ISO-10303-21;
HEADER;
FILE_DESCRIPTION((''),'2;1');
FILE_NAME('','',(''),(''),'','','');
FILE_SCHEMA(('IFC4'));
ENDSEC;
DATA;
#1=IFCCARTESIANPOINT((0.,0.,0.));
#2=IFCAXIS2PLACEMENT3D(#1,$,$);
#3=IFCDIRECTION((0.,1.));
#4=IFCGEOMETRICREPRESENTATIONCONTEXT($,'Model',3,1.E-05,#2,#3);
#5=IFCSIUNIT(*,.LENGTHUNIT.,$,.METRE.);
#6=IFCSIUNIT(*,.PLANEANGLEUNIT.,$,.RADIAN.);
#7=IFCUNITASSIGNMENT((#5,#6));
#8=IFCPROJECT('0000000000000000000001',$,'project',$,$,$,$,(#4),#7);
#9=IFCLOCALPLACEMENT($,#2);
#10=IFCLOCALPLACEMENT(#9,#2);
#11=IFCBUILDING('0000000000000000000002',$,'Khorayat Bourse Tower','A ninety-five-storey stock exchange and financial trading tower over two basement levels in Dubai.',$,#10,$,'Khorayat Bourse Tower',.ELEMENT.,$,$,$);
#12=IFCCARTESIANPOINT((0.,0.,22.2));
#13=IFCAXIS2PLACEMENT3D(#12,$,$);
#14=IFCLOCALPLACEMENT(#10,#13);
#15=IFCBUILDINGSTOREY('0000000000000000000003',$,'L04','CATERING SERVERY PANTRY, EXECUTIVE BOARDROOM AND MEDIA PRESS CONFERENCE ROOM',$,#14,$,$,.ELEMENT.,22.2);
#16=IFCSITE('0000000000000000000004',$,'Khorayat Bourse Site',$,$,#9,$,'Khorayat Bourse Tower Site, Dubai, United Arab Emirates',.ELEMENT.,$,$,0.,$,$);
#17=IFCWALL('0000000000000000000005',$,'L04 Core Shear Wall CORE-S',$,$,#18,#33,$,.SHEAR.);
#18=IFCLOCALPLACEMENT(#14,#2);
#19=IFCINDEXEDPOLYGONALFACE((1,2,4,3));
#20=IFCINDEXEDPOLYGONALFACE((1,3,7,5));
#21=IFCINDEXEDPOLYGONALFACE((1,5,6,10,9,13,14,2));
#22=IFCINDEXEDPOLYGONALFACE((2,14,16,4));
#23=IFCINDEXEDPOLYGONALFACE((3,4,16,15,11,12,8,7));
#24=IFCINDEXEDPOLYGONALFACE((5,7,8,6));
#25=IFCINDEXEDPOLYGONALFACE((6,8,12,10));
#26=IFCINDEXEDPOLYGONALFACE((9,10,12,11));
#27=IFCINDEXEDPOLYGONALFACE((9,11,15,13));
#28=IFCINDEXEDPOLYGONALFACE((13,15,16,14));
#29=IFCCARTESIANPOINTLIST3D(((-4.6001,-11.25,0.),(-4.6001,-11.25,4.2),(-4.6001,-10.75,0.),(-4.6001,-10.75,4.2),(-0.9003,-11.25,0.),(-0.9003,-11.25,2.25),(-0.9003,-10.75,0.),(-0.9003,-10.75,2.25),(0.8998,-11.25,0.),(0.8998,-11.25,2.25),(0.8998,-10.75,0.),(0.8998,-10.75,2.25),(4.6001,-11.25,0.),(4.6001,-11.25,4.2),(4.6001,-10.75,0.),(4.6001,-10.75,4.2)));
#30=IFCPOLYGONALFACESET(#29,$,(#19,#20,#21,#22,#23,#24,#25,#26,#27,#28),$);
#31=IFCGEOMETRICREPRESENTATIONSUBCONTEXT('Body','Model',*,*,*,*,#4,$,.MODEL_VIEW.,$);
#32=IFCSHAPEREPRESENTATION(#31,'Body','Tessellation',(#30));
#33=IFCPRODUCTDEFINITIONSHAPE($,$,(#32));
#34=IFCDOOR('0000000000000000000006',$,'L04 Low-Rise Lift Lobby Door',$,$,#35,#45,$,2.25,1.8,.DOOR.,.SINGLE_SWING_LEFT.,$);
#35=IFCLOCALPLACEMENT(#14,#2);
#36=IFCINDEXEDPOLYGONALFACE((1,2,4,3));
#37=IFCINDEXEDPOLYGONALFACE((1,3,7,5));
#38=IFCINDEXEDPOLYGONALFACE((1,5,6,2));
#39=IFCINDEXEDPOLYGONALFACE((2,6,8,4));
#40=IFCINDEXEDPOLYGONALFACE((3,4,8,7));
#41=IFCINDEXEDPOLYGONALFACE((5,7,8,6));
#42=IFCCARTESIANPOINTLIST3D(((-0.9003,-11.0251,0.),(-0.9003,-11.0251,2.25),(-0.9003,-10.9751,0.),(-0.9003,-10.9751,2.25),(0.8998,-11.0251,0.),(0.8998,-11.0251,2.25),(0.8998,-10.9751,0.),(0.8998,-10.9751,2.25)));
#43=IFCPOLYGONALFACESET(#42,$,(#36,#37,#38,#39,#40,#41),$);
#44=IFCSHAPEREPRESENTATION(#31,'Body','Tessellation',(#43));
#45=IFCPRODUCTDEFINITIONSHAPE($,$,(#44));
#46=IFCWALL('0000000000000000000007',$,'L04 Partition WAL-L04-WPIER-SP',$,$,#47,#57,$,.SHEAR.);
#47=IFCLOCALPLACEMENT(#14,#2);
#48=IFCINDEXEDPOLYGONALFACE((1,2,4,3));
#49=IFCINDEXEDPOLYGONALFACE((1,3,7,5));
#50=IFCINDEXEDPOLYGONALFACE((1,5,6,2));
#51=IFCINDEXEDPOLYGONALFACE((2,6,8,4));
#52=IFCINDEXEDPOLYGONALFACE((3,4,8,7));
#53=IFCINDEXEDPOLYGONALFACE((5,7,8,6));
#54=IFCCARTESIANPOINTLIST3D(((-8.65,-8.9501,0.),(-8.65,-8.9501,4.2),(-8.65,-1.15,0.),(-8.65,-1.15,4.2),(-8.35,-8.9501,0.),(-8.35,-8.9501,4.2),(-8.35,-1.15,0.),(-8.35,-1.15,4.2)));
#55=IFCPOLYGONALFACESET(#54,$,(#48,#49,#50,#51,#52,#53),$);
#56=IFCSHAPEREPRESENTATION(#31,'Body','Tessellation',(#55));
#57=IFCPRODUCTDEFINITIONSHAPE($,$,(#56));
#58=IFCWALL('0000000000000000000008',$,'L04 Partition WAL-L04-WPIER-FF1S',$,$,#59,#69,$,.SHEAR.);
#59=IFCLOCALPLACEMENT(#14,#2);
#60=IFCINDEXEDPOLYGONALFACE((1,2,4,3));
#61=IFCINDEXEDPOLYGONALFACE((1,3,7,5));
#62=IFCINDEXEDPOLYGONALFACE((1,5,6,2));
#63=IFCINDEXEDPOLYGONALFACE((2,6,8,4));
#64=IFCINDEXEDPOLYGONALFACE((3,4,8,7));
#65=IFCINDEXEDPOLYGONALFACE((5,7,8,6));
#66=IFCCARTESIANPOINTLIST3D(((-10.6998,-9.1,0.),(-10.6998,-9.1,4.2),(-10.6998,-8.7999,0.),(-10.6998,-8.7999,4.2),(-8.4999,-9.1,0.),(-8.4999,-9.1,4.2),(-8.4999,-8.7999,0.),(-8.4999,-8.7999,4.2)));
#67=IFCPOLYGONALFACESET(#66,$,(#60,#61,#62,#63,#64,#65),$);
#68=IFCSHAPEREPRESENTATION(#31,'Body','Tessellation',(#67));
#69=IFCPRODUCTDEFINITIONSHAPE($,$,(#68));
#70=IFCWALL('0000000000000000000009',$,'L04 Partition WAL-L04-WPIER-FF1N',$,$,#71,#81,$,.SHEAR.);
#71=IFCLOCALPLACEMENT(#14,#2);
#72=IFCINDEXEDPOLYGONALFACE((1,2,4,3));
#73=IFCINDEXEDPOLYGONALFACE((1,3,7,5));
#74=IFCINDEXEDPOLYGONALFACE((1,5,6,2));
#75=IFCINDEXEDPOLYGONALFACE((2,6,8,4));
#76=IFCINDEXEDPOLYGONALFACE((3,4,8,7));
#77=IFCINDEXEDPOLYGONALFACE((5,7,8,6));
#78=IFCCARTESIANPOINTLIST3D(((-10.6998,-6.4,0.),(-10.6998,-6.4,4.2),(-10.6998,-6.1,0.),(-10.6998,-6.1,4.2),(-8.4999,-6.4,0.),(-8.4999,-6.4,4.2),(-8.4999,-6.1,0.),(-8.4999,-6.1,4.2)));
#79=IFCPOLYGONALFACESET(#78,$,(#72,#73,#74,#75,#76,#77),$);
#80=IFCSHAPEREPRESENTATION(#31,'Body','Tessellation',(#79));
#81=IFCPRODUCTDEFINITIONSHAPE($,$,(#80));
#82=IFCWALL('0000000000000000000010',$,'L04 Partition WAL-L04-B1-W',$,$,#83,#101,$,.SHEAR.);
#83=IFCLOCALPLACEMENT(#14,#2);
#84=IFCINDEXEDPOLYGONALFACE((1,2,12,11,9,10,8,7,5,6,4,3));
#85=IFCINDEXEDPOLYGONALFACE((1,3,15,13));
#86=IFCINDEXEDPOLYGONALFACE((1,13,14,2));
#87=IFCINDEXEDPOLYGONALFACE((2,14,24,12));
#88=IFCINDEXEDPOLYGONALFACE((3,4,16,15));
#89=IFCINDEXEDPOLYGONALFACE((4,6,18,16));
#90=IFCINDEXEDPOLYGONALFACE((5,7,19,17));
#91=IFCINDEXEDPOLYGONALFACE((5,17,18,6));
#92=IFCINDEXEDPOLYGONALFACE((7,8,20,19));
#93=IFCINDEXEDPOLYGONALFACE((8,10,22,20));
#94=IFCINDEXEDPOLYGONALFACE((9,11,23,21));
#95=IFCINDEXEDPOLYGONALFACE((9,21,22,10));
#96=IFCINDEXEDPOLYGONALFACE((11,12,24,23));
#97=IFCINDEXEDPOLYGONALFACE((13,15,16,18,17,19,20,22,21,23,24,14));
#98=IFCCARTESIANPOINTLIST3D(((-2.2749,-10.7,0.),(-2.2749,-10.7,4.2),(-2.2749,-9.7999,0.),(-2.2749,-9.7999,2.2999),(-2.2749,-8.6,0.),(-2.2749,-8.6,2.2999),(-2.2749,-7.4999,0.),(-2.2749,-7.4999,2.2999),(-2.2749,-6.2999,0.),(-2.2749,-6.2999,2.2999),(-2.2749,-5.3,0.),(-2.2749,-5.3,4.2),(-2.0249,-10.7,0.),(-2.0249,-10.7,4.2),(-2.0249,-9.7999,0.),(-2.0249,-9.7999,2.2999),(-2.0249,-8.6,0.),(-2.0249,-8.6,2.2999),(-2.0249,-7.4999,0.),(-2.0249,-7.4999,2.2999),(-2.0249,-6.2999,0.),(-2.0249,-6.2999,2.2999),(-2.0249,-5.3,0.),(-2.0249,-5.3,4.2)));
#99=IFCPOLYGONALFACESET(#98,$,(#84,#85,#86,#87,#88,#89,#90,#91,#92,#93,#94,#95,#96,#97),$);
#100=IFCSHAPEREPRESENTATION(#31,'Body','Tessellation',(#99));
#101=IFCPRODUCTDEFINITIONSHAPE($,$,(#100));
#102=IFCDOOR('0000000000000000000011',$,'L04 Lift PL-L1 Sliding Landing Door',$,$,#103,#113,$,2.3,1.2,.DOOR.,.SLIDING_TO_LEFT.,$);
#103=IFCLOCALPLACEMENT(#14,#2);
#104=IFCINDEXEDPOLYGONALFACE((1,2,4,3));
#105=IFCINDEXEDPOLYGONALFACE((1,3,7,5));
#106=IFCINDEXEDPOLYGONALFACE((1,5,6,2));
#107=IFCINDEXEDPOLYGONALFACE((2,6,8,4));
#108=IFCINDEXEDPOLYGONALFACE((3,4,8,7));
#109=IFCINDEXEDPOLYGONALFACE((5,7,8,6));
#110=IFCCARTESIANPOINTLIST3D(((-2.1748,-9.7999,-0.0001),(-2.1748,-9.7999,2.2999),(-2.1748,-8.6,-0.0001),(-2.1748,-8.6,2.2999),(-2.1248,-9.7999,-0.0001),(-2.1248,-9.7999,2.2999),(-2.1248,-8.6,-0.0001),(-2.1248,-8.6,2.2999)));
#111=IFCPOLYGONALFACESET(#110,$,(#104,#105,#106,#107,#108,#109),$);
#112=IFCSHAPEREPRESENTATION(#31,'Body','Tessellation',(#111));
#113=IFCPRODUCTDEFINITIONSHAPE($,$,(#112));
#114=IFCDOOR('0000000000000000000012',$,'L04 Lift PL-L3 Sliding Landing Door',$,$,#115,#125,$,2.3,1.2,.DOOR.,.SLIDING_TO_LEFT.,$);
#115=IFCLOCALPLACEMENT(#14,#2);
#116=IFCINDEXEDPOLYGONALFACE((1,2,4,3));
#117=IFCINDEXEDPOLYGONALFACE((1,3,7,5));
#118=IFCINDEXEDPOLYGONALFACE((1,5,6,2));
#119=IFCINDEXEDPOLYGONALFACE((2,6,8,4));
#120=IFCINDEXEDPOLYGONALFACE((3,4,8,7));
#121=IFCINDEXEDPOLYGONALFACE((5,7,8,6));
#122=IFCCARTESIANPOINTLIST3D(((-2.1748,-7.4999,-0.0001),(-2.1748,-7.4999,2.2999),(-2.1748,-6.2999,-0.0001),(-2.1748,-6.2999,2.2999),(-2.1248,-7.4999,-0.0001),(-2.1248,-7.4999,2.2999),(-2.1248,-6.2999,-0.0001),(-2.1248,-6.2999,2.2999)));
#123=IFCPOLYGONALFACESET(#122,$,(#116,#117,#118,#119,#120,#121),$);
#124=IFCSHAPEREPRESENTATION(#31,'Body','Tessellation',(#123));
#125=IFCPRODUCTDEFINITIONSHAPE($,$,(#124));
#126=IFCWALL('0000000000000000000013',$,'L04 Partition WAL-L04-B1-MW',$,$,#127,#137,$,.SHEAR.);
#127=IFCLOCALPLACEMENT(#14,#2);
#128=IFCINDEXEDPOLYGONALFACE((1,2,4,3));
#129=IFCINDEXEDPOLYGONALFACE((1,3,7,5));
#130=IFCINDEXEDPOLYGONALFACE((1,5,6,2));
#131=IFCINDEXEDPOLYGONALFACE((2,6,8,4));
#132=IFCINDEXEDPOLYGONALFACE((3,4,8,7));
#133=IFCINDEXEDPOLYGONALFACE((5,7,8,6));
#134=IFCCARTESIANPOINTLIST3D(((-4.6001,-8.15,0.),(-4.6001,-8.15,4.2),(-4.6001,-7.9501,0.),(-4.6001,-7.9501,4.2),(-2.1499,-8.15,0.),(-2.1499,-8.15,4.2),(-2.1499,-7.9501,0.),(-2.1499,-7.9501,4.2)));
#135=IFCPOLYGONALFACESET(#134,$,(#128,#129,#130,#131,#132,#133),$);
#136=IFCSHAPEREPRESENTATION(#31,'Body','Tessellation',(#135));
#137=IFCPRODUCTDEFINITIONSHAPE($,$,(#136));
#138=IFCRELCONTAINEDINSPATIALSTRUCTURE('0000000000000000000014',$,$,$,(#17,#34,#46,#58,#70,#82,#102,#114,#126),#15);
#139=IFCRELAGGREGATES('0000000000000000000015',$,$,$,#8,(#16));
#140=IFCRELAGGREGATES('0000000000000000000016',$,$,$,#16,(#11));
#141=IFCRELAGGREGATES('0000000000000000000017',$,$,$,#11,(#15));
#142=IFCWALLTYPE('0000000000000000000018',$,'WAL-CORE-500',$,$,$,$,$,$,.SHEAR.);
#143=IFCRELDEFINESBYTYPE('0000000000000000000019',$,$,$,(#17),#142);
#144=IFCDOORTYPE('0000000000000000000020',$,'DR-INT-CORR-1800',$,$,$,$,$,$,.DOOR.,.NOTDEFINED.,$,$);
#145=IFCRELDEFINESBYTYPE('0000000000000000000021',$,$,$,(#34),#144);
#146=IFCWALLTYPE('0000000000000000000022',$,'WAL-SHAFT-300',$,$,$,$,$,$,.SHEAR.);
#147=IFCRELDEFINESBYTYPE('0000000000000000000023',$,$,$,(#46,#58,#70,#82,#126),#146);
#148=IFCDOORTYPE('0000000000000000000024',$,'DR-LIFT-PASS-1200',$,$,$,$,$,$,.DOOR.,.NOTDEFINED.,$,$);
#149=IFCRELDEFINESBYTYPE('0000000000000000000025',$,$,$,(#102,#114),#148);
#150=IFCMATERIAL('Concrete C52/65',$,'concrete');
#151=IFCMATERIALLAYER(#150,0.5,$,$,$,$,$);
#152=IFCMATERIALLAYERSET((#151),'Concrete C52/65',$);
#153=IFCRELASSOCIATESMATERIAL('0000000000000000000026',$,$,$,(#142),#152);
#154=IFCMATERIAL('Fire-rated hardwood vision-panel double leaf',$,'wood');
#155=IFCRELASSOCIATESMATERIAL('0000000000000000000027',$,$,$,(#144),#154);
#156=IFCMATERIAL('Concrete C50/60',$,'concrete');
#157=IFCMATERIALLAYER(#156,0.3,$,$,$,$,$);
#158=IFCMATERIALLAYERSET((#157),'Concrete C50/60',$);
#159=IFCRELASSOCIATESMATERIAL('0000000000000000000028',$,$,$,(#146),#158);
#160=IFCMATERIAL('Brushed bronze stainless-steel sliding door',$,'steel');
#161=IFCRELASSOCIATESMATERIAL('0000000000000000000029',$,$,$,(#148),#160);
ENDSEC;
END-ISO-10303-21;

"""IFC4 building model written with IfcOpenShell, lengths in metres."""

from ifc_helpers import new_model, si_unit, direction, frame, frame_2d, origin, place, context, subcontext, project, spatial, rectangle, extrude, source, transform, mapped, material, layer, layer_set, type_object, element, fill, save


model = new_model("IFC4")

# Units and contexts
model_context = context("Model", 3, precision=1e-05, world=origin(), true_north=direction((0.0, 1.0)))
body_context = subcontext(model_context, "Body", "Model", "MODEL_VIEW")
ifc_project = project(units=[si_unit("LENGTHUNIT", "METRE"), si_unit("PLANEANGLEUNIT", "RADIAN")], contexts=[model_context])

# Site, building, storey
site_placement = place(None, origin())
site = spatial("IfcSite", under=ifc_project, at=site_placement, Name="Khorayat Bourse Site", LongName="Khorayat Bourse Tower Site, Dubai, United Arab Emirates", CompositionType="ELEMENT", RefElevation=0.0)
building_placement = place(site_placement, origin())
building = spatial("IfcBuilding", under=site, at=building_placement, Name="Khorayat Bourse Tower", Description="A ninety-five-storey stock exchange and financial trading tower over two basement levels in Dubai.", LongName="Khorayat Bourse Tower", CompositionType="ELEMENT")
storey_placement = place(building_placement, frame((0.0, 0.0, 22.2)))
storey = spatial("IfcBuildingStorey", under=building, at=storey_placement, Name="L04", Description="CATERING SERVERY PANTRY, EXECUTIVE BOARDROOM AND MEDIA PRESS CONFERENCE ROOM", CompositionType="ELEMENT", Elevation=22.2)

# Shared definitions
ifc_material_1 = material(Name="Concrete C52/65", Category="concrete")
ifc_layer_1 = layer(ifc_material_1, 0.5)
ifc_layer_set_1 = layer_set([ifc_layer_1], Name="Concrete C52/65")
wall_type_1 = type_object("IfcWallType", Name="WAL-CORE-500", PredefinedType="SHEAR", material=ifc_layer_set_1)

# Wall, opening, door
shared_shape_1 = source(origin(), body_context, "Body", "SweptSolid", [
    extrude(rectangle(XDim=9.2002, YDim=0.5, at=frame_2d((4.6001, 0.0))), origin(), (0.0, 0.0, 1.0), 4.2),
])
wall_1_placement = place(storey_placement, frame((-4.6001, -11.0, 0.0), z_axis=(0.0, 0.0, 1.0), x_axis=(1.0, 0.0, 0.0)))
wall_1 = element("IfcWall", 1, at=wall_1_placement, inside=storey, type_object=wall_type_1, Name="L04 Core Shear Wall CORE-S", PredefinedType="SHEAR", context=body_context, shape_type="MappedRepresentation", body=[
    mapped(shared_shape_1, transform((0.0, 0.0, 0.0), scale=1.0)),
])
shared_shape_2 = source(origin(), body_context, "Body", "SweptSolid", [
    extrude(rectangle(XDim=1.8, YDim=2.25, at=frame_2d((0.8999, 1.125))), frame((0.0, 0.26, 0.0), z_axis=(0.0, -1.0, 0.0), x_axis=(1.0, 0.0, 0.0)), (0.0, 0.0, 1.0), 0.52),
])
opening_1_placement = place(wall_1_placement, frame((3.7, 0.0, 0.0)))
opening_1 = element("IfcOpeningElement", 2, at=opening_1_placement, cuts=wall_1, PredefinedType="OPENING", context=body_context, shape_type="MappedRepresentation", body=[
    mapped(shared_shape_2, transform((0.0, 0.0, 0.0), scale=1.0)),
])
ifc_material_2 = material(Name="Fire-rated hardwood vision-panel double leaf", Category="wood")
door_type_1 = type_object("IfcDoorType", Name="DR-INT-CORR-1800", OperationType="NOTDEFINED", PredefinedType="DOOR", material=ifc_material_2)
shared_shape_3 = source(origin(), body_context, "Body", "SweptSolid", [
    extrude(rectangle(XDim=1.8, YDim=2.25, at=frame_2d((0.8999, 1.125))), frame((0.0, 0.0249, 0.0), z_axis=(0.0, -1.0, 0.0), x_axis=(1.0, 0.0, 0.0)), (0.0, 0.0, 1.0), 0.05),
])
door_1_placement = place(opening_1_placement, origin())
door_1 = element("IfcDoor", 3, at=door_1_placement, inside=storey, type_object=door_type_1, Name="L04 Low-Rise Lift Lobby Door", OperationType="SINGLE_SWING_LEFT", OverallHeight=2.25, OverallWidth=1.8, PredefinedType="DOOR", context=body_context, shape_type="MappedRepresentation", body=[
    mapped(shared_shape_3, transform((0.0, 0.0, 0.0), scale=1.0)),
])
fill(opening_1, door_1)

# Walls
ifc_material_3 = material(Name="Concrete C50/60", Category="concrete")
ifc_layer_2 = layer(ifc_material_3, 0.3)
ifc_layer_set_2 = layer_set([ifc_layer_2], Name="Concrete C50/60")
wall_type_2 = type_object("IfcWallType", Name="WAL-SHAFT-300", PredefinedType="SHEAR", material=ifc_layer_set_2)
shared_shape_4 = source(origin(), body_context, "Body", "SweptSolid", [
    extrude(rectangle(XDim=7.8, YDim=0.3, at=frame_2d((3.8999, 0.0))), origin(), (0.0, 0.0, 1.0), 4.2),
])
wall_2_placement = place(storey_placement, frame((-8.5, -8.95, 0.0), z_axis=(0.0, 0.0, 1.0), x_axis=(0.0, 1.0, 0.0)))
element("IfcWall", 4, at=wall_2_placement, inside=storey, type_object=wall_type_2, Name="L04 Partition WAL-L04-WPIER-SP", PredefinedType="SHEAR", context=body_context, shape_type="MappedRepresentation", body=[
    mapped(shared_shape_4, transform((0.0, 0.0, 0.0), scale=1.0)),
])
shared_shape_5 = source(origin(), body_context, "Body", "SweptSolid", [
    extrude(rectangle(XDim=2.2, YDim=0.3, at=frame_2d((1.1001, 0.0))), origin(), (0.0, 0.0, 1.0), 4.2),
])
for number, where, z_axis, x_axis, name in (
    (5, (-10.7, -8.95, 0.0), (0.0, 0.0, 1.0), (1.0, 0.0, 0.0), "L04 Partition WAL-L04-WPIER-FF1S"),
    (6, (-10.7, -6.25, 0.0), (0.0, 0.0, 1.0), (1.0, 0.0, 0.0), "L04 Partition WAL-L04-WPIER-FF1N"),
):
    element("IfcWall", number, at=place(storey_placement, frame(where, z_axis=z_axis, x_axis=x_axis)), inside=storey, type_object=wall_type_2, Name=name, PredefinedType="SHEAR", context=body_context, shape_type="MappedRepresentation", body=[
        mapped(shared_shape_5, transform((0.0, 0.0, 0.0), scale=1.0)),
    ])

# Wall, openings, doors
shared_shape_6 = source(origin(), body_context, "Body", "SweptSolid", [
    extrude(rectangle(XDim=5.3999, YDim=0.25, at=frame_2d((2.7, 0.0))), origin(), (0.0, 0.0, 1.0), 4.2),
])
wall_3_placement = place(storey_placement, frame((-2.1499, -10.7, 0.0), z_axis=(0.0, 0.0, 1.0), x_axis=(0.0, 1.0, 0.0)))
wall_3 = element("IfcWall", 7, at=wall_3_placement, inside=storey, type_object=wall_type_2, Name="L04 Partition WAL-L04-B1-W", PredefinedType="SHEAR", context=body_context, shape_type="MappedRepresentation", body=[
    mapped(shared_shape_6, transform((0.0, 0.0, 0.0), scale=1.0)),
])
shared_shape_7 = source(origin(), body_context, "Body", "SweptSolid", [
    extrude(rectangle(XDim=1.2, YDim=2.3, at=frame_2d((0.6001, 1.1499))), frame((0.0, 0.135, 0.0), z_axis=(0.0, -1.0, 0.0), x_axis=(1.0, 0.0, 0.0)), (0.0, 0.0, 1.0), 0.27),
])
opening_2_placement = place(wall_3_placement, frame((0.8999, 0.0, 0.0)))
opening_2 = element("IfcOpeningElement", 8, at=opening_2_placement, cuts=wall_3, PredefinedType="OPENING", context=body_context, shape_type="MappedRepresentation", body=[
    mapped(shared_shape_7, transform((0.0, 0.0, 0.0), scale=1.0)),
])
opening_3_placement = place(wall_3_placement, frame((3.2, 0.0, 0.0)))
opening_3 = element("IfcOpeningElement", 9, at=opening_3_placement, cuts=wall_3, PredefinedType="OPENING", context=body_context, shape_type="MappedRepresentation", body=[
    mapped(shared_shape_7, transform((0.0, 0.0, 0.0), scale=1.0)),
])
ifc_material_4 = material(Name="Brushed bronze stainless-steel sliding door", Category="steel")
door_type_2 = type_object("IfcDoorType", Name="DR-LIFT-PASS-1200", OperationType="NOTDEFINED", PredefinedType="DOOR", material=ifc_material_4)
shared_shape_8 = source(origin(), body_context, "Body", "SweptSolid", [
    extrude(rectangle(XDim=1.2, YDim=2.3, at=frame_2d((0.6001, 1.1499))), frame((0.0, 0.0249, 0.0), z_axis=(0.0, -1.0, 0.0), x_axis=(1.0, 0.0, 0.0)), (0.0, 0.0, 1.0), 0.05),
])
door_2_placement = place(opening_2_placement, origin())
door_2 = element("IfcDoor", 10, at=door_2_placement, inside=storey, type_object=door_type_2, Name="L04 Lift PL-L1 Sliding Landing Door", OperationType="SLIDING_TO_LEFT", OverallHeight=2.3, OverallWidth=1.2, PredefinedType="DOOR", context=body_context, shape_type="MappedRepresentation", body=[
    mapped(shared_shape_8, transform((0.0, 0.0, 0.0), scale=1.0)),
])
fill(opening_2, door_2)
door_3_placement = place(opening_3_placement, origin())
door_3 = element("IfcDoor", 11, at=door_3_placement, inside=storey, type_object=door_type_2, Name="L04 Lift PL-L3 Sliding Landing Door", OperationType="SLIDING_TO_LEFT", OverallHeight=2.3, OverallWidth=1.2, PredefinedType="DOOR", context=body_context, shape_type="MappedRepresentation", body=[
    mapped(shared_shape_8, transform((0.0, 0.0, 0.0), scale=1.0)),
])
fill(opening_3, door_3)

# Wall
shared_shape_9 = source(origin(), body_context, "Body", "SweptSolid", [
    extrude(rectangle(XDim=2.4502, YDim=0.2, at=frame_2d((1.2251, 0.0))), origin(), (0.0, 0.0, 1.0), 4.2),
])
wall_4_placement = place(storey_placement, frame((-4.6001, -8.05, 0.0), z_axis=(0.0, 0.0, 1.0), x_axis=(1.0, 0.0, 0.0)))
element("IfcWall", 12, at=wall_4_placement, inside=storey, type_object=wall_type_2, Name="L04 Partition WAL-L04-B1-MW", PredefinedType="SHEAR", context=body_context, shape_type="MappedRepresentation", body=[
    mapped(shared_shape_9, transform((0.0, 0.0, 0.0), scale=1.0)),
])

save(model, "model.ifc")
